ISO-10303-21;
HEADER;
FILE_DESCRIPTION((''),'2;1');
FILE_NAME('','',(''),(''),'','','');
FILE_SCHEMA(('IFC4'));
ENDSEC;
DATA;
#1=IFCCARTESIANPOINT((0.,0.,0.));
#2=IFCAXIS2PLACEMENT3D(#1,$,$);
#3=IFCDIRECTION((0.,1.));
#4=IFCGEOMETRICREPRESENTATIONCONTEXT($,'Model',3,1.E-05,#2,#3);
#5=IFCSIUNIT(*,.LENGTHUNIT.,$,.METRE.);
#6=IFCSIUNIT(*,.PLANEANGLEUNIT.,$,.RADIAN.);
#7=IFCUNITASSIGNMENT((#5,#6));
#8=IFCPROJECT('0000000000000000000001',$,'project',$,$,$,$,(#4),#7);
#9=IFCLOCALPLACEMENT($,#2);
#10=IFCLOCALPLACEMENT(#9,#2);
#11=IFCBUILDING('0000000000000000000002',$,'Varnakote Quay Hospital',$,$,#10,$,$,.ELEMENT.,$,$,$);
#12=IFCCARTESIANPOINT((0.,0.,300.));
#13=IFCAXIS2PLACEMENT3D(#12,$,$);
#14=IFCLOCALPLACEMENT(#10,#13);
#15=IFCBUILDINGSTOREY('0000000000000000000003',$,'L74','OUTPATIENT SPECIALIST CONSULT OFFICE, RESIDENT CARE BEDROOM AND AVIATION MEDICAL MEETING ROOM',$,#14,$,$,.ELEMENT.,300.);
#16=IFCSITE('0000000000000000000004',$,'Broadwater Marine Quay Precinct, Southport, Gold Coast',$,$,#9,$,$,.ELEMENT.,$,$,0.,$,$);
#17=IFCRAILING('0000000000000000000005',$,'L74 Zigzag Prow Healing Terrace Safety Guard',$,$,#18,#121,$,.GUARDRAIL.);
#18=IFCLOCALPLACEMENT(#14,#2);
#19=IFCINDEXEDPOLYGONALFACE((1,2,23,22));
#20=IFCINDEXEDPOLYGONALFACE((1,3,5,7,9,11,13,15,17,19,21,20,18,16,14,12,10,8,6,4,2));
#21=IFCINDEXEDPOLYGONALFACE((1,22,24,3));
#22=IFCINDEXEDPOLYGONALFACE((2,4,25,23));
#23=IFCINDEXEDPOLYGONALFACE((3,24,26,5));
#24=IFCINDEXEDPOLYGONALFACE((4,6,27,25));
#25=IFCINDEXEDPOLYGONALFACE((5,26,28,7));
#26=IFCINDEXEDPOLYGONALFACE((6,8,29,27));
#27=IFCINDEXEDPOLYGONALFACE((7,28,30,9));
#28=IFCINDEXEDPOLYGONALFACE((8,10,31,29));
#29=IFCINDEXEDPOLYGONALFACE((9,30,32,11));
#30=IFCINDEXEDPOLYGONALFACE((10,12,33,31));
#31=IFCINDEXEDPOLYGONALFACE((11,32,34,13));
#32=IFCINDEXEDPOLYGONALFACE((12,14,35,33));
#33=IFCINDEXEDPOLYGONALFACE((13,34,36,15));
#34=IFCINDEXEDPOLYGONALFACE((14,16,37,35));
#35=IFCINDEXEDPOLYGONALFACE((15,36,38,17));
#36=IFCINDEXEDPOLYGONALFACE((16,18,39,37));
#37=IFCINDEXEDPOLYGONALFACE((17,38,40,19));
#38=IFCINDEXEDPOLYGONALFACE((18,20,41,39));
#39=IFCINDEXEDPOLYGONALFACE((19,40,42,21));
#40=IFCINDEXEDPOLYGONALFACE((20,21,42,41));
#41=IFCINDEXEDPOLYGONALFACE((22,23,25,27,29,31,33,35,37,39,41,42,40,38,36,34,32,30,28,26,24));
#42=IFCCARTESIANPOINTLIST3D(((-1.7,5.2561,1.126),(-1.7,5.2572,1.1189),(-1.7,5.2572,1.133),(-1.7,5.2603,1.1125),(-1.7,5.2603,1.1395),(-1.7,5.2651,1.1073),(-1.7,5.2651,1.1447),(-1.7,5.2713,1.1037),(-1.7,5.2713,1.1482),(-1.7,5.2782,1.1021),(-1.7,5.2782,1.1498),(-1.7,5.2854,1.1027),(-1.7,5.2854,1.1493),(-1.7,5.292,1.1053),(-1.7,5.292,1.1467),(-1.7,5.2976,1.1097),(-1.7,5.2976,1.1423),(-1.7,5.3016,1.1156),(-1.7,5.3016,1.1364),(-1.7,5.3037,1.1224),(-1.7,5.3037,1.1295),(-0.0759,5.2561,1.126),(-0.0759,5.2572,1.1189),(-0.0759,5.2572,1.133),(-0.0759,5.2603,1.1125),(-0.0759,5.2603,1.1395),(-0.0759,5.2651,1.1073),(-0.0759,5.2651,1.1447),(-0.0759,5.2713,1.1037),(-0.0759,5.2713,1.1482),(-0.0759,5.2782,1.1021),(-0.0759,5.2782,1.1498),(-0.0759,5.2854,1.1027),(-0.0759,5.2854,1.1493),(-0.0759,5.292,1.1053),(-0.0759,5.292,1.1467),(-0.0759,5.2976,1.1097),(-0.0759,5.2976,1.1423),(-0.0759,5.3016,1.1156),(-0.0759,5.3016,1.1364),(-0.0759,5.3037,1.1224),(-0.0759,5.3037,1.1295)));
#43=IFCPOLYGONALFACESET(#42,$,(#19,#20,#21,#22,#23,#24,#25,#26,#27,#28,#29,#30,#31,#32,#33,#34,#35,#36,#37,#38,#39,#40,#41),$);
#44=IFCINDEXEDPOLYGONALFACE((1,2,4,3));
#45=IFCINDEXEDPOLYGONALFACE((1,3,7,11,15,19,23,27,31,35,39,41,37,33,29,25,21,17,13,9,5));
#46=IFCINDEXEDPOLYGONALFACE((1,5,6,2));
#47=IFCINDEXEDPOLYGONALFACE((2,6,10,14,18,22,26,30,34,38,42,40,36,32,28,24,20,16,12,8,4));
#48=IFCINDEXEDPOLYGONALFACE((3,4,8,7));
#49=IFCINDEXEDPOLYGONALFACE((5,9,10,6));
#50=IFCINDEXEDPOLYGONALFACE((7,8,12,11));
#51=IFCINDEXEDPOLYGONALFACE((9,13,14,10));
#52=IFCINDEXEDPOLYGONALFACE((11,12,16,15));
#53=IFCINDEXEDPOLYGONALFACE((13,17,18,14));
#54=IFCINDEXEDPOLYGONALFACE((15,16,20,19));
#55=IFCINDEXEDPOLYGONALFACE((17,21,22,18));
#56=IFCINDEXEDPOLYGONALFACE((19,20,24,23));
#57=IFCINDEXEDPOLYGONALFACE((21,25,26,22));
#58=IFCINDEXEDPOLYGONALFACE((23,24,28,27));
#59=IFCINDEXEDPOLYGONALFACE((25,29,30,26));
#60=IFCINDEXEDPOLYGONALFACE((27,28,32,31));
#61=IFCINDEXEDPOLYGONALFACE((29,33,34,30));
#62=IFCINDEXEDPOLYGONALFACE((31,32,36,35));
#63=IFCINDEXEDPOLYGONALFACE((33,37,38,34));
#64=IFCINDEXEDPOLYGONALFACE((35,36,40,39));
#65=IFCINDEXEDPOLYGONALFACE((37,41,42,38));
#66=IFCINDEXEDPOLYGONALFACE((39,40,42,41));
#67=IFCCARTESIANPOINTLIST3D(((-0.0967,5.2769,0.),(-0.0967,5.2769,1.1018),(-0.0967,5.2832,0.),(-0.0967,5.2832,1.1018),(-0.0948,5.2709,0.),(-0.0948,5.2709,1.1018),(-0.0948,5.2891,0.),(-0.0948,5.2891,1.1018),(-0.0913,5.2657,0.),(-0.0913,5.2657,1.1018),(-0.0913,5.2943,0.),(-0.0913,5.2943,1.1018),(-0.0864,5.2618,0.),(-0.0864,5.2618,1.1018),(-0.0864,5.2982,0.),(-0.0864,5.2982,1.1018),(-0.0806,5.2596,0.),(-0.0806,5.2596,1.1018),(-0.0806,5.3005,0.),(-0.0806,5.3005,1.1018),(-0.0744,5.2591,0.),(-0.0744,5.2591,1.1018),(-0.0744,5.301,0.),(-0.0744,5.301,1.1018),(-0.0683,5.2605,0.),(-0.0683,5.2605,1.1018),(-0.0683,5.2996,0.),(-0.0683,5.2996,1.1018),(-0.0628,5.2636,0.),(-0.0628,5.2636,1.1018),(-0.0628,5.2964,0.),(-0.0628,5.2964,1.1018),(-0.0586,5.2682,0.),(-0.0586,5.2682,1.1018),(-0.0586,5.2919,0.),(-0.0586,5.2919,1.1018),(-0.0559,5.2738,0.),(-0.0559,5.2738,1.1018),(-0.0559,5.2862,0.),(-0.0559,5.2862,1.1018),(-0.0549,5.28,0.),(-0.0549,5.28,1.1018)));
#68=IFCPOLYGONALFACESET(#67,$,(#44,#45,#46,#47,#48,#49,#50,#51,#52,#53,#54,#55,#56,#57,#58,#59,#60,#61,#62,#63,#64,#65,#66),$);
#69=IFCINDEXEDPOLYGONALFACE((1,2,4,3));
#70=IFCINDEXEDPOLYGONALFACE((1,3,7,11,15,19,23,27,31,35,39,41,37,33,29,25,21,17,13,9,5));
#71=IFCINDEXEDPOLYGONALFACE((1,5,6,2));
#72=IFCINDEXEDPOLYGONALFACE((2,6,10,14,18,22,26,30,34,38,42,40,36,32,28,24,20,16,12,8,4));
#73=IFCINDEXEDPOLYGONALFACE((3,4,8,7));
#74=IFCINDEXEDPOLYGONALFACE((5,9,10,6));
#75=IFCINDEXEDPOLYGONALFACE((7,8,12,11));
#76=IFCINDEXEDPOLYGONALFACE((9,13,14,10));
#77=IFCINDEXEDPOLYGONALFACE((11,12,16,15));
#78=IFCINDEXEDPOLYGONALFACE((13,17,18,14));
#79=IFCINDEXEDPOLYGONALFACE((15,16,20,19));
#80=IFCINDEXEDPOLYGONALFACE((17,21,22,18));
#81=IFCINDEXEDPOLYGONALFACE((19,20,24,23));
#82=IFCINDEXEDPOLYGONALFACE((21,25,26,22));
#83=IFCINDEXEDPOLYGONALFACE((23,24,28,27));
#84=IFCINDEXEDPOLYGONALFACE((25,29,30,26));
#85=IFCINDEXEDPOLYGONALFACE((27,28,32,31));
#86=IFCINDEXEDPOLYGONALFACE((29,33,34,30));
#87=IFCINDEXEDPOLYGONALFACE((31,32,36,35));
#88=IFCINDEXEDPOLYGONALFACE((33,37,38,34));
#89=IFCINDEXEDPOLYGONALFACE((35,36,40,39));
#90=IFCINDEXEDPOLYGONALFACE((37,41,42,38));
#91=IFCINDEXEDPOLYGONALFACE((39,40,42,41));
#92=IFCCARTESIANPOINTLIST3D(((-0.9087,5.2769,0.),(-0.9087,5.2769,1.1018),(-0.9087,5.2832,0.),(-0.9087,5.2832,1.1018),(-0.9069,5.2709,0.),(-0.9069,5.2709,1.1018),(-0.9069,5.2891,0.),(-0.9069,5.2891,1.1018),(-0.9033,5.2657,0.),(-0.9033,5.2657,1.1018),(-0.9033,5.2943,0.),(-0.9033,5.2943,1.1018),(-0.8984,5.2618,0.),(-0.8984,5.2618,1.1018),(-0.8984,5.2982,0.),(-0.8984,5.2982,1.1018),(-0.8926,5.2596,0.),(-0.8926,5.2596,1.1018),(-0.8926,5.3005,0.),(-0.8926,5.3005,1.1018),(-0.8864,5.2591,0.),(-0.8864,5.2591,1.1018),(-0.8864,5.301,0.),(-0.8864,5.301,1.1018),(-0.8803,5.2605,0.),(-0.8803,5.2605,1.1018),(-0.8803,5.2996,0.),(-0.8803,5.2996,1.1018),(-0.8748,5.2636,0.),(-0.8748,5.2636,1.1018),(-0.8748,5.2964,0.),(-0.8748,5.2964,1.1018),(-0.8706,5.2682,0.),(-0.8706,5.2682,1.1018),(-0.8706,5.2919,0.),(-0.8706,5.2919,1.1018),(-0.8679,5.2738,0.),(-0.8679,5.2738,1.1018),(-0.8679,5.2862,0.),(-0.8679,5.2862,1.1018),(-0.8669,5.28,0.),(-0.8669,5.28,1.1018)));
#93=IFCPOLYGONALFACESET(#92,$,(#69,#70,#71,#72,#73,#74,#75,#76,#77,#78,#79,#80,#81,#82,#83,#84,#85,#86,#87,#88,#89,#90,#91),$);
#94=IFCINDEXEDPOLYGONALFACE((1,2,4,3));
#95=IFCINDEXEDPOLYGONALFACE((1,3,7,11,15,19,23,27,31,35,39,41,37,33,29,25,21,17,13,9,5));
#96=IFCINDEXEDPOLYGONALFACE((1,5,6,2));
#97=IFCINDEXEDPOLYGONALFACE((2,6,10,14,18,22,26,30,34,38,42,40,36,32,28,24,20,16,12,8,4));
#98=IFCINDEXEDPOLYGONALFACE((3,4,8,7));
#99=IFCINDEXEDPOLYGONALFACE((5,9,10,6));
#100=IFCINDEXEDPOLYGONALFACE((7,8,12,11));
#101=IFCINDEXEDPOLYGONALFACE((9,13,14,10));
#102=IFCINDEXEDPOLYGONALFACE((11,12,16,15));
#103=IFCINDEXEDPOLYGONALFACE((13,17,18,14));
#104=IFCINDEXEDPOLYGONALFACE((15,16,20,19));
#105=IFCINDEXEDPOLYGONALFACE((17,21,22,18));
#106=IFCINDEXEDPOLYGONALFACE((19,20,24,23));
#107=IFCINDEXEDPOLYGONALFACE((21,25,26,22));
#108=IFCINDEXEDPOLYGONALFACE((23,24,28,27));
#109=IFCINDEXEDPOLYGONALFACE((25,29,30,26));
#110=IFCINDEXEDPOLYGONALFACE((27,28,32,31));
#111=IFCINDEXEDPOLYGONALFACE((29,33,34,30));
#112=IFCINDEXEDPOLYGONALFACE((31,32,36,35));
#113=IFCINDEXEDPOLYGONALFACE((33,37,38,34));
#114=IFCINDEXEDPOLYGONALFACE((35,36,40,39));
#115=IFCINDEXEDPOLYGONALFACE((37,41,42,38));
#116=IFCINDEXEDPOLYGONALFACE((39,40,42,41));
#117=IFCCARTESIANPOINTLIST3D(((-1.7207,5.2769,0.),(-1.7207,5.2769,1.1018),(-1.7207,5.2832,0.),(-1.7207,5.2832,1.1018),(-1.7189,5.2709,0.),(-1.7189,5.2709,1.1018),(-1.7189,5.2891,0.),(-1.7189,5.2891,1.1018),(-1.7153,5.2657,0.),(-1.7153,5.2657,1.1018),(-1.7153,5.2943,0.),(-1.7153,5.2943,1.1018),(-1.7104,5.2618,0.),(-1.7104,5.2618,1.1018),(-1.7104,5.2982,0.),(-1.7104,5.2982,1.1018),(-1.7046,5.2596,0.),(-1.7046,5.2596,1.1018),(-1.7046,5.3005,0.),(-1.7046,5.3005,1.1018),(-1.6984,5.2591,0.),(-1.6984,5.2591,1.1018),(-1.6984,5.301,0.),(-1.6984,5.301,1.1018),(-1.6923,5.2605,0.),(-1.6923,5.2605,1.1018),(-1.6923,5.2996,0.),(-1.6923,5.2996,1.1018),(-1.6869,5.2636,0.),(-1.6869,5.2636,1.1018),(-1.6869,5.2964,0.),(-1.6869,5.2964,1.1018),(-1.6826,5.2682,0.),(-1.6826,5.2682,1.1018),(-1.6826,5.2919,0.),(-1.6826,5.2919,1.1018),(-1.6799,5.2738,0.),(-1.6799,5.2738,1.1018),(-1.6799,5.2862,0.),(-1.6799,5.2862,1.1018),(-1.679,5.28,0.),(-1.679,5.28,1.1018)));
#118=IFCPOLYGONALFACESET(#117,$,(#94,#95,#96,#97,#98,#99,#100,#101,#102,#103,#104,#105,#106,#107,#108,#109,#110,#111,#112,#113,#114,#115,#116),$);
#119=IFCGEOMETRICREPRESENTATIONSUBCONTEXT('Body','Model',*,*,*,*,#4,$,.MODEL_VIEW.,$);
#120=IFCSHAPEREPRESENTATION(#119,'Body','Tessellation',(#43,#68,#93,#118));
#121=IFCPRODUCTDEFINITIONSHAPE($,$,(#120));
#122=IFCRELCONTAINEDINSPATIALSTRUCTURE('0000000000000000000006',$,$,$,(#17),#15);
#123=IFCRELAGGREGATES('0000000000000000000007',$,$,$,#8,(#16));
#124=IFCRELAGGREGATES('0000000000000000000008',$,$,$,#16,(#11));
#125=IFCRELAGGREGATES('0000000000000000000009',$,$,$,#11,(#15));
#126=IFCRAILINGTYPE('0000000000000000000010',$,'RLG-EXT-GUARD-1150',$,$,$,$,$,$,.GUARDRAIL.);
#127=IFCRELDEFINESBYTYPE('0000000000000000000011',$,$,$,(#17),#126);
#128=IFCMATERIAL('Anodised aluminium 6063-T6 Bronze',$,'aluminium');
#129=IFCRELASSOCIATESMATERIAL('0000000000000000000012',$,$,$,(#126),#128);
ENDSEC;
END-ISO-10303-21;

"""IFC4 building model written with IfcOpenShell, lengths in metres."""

from ifc_helpers import new_model, si_unit, direction, frame, origin, origin_2d, place, context, subcontext, project, spatial, circle, extrude, material, type_object, element, save


model = new_model("IFC4")

# Units and contexts
model_context = context("Model", 3, precision=1e-05, world=origin(), true_north=direction((0.0, 1.0)))
body_context = subcontext(model_context, "Body", "Model", "MODEL_VIEW")
ifc_project = project(units=[si_unit("LENGTHUNIT", "METRE"), si_unit("PLANEANGLEUNIT", "RADIAN")], contexts=[model_context])

# Site, building, storey
site_placement = place(None, origin())
site = spatial("IfcSite", under=ifc_project, at=site_placement, Name="Broadwater Marine Quay Precinct, Southport, Gold Coast", CompositionType="ELEMENT", RefElevation=0.0)
building_placement = place(site_placement, origin())
building = spatial("IfcBuilding", under=site, at=building_placement, Name="Varnakote Quay Hospital", CompositionType="ELEMENT")
storey_placement = place(building_placement, frame((0.0, 0.0, 300.0)))
storey = spatial("IfcBuildingStorey", under=building, at=storey_placement, Name="L74", Description="OUTPATIENT SPECIALIST CONSULT OFFICE, RESIDENT CARE BEDROOM AND AVIATION MEDICAL MEETING ROOM", CompositionType="ELEMENT", Elevation=300.0)

# Railing
ifc_material_1 = material(Name="Anodised aluminium 6063-T6 Bronze", Category="aluminium")
railing_type_1 = type_object("IfcRailingType", Name="RLG-EXT-GUARD-1150", PredefinedType="GUARDRAIL", material=ifc_material_1)
railing_1_placement = place(storey_placement, frame((-0.0759, 5.28, 0.0)))
element("IfcRailing", 1, at=railing_1_placement, inside=storey, type_object=railing_type_1, Name="L74 Zigzag Prow Healing Terrace Safety Guard", PredefinedType="GUARDRAIL", context=body_context, shape_type="SweptSolid", body=[
    extrude(circle(Radius=0.0239, at=origin_2d()), frame((0.0, 0.0, 1.126), z_axis=(-1.0, 0.0, 0.0), x_axis=(0.0, -1.0, 0.0)), (0.0, 0.0, 1.0), 1.624),
    extrude(circle(Radius=0.021, at=origin_2d()), origin(), (0.0, 0.0, 1.0), 1.1018),
    extrude(circle(Radius=0.021, at=origin_2d()), frame((-0.812, 0.0, 0.0)), (0.0, 0.0, 1.0), 1.1018),
    extrude(circle(Radius=0.021, at=origin_2d()), frame((-1.624, 0.0, 0.0)), (0.0, 0.0, 1.0), 1.1018),
])

save(model, "model.ifc")
